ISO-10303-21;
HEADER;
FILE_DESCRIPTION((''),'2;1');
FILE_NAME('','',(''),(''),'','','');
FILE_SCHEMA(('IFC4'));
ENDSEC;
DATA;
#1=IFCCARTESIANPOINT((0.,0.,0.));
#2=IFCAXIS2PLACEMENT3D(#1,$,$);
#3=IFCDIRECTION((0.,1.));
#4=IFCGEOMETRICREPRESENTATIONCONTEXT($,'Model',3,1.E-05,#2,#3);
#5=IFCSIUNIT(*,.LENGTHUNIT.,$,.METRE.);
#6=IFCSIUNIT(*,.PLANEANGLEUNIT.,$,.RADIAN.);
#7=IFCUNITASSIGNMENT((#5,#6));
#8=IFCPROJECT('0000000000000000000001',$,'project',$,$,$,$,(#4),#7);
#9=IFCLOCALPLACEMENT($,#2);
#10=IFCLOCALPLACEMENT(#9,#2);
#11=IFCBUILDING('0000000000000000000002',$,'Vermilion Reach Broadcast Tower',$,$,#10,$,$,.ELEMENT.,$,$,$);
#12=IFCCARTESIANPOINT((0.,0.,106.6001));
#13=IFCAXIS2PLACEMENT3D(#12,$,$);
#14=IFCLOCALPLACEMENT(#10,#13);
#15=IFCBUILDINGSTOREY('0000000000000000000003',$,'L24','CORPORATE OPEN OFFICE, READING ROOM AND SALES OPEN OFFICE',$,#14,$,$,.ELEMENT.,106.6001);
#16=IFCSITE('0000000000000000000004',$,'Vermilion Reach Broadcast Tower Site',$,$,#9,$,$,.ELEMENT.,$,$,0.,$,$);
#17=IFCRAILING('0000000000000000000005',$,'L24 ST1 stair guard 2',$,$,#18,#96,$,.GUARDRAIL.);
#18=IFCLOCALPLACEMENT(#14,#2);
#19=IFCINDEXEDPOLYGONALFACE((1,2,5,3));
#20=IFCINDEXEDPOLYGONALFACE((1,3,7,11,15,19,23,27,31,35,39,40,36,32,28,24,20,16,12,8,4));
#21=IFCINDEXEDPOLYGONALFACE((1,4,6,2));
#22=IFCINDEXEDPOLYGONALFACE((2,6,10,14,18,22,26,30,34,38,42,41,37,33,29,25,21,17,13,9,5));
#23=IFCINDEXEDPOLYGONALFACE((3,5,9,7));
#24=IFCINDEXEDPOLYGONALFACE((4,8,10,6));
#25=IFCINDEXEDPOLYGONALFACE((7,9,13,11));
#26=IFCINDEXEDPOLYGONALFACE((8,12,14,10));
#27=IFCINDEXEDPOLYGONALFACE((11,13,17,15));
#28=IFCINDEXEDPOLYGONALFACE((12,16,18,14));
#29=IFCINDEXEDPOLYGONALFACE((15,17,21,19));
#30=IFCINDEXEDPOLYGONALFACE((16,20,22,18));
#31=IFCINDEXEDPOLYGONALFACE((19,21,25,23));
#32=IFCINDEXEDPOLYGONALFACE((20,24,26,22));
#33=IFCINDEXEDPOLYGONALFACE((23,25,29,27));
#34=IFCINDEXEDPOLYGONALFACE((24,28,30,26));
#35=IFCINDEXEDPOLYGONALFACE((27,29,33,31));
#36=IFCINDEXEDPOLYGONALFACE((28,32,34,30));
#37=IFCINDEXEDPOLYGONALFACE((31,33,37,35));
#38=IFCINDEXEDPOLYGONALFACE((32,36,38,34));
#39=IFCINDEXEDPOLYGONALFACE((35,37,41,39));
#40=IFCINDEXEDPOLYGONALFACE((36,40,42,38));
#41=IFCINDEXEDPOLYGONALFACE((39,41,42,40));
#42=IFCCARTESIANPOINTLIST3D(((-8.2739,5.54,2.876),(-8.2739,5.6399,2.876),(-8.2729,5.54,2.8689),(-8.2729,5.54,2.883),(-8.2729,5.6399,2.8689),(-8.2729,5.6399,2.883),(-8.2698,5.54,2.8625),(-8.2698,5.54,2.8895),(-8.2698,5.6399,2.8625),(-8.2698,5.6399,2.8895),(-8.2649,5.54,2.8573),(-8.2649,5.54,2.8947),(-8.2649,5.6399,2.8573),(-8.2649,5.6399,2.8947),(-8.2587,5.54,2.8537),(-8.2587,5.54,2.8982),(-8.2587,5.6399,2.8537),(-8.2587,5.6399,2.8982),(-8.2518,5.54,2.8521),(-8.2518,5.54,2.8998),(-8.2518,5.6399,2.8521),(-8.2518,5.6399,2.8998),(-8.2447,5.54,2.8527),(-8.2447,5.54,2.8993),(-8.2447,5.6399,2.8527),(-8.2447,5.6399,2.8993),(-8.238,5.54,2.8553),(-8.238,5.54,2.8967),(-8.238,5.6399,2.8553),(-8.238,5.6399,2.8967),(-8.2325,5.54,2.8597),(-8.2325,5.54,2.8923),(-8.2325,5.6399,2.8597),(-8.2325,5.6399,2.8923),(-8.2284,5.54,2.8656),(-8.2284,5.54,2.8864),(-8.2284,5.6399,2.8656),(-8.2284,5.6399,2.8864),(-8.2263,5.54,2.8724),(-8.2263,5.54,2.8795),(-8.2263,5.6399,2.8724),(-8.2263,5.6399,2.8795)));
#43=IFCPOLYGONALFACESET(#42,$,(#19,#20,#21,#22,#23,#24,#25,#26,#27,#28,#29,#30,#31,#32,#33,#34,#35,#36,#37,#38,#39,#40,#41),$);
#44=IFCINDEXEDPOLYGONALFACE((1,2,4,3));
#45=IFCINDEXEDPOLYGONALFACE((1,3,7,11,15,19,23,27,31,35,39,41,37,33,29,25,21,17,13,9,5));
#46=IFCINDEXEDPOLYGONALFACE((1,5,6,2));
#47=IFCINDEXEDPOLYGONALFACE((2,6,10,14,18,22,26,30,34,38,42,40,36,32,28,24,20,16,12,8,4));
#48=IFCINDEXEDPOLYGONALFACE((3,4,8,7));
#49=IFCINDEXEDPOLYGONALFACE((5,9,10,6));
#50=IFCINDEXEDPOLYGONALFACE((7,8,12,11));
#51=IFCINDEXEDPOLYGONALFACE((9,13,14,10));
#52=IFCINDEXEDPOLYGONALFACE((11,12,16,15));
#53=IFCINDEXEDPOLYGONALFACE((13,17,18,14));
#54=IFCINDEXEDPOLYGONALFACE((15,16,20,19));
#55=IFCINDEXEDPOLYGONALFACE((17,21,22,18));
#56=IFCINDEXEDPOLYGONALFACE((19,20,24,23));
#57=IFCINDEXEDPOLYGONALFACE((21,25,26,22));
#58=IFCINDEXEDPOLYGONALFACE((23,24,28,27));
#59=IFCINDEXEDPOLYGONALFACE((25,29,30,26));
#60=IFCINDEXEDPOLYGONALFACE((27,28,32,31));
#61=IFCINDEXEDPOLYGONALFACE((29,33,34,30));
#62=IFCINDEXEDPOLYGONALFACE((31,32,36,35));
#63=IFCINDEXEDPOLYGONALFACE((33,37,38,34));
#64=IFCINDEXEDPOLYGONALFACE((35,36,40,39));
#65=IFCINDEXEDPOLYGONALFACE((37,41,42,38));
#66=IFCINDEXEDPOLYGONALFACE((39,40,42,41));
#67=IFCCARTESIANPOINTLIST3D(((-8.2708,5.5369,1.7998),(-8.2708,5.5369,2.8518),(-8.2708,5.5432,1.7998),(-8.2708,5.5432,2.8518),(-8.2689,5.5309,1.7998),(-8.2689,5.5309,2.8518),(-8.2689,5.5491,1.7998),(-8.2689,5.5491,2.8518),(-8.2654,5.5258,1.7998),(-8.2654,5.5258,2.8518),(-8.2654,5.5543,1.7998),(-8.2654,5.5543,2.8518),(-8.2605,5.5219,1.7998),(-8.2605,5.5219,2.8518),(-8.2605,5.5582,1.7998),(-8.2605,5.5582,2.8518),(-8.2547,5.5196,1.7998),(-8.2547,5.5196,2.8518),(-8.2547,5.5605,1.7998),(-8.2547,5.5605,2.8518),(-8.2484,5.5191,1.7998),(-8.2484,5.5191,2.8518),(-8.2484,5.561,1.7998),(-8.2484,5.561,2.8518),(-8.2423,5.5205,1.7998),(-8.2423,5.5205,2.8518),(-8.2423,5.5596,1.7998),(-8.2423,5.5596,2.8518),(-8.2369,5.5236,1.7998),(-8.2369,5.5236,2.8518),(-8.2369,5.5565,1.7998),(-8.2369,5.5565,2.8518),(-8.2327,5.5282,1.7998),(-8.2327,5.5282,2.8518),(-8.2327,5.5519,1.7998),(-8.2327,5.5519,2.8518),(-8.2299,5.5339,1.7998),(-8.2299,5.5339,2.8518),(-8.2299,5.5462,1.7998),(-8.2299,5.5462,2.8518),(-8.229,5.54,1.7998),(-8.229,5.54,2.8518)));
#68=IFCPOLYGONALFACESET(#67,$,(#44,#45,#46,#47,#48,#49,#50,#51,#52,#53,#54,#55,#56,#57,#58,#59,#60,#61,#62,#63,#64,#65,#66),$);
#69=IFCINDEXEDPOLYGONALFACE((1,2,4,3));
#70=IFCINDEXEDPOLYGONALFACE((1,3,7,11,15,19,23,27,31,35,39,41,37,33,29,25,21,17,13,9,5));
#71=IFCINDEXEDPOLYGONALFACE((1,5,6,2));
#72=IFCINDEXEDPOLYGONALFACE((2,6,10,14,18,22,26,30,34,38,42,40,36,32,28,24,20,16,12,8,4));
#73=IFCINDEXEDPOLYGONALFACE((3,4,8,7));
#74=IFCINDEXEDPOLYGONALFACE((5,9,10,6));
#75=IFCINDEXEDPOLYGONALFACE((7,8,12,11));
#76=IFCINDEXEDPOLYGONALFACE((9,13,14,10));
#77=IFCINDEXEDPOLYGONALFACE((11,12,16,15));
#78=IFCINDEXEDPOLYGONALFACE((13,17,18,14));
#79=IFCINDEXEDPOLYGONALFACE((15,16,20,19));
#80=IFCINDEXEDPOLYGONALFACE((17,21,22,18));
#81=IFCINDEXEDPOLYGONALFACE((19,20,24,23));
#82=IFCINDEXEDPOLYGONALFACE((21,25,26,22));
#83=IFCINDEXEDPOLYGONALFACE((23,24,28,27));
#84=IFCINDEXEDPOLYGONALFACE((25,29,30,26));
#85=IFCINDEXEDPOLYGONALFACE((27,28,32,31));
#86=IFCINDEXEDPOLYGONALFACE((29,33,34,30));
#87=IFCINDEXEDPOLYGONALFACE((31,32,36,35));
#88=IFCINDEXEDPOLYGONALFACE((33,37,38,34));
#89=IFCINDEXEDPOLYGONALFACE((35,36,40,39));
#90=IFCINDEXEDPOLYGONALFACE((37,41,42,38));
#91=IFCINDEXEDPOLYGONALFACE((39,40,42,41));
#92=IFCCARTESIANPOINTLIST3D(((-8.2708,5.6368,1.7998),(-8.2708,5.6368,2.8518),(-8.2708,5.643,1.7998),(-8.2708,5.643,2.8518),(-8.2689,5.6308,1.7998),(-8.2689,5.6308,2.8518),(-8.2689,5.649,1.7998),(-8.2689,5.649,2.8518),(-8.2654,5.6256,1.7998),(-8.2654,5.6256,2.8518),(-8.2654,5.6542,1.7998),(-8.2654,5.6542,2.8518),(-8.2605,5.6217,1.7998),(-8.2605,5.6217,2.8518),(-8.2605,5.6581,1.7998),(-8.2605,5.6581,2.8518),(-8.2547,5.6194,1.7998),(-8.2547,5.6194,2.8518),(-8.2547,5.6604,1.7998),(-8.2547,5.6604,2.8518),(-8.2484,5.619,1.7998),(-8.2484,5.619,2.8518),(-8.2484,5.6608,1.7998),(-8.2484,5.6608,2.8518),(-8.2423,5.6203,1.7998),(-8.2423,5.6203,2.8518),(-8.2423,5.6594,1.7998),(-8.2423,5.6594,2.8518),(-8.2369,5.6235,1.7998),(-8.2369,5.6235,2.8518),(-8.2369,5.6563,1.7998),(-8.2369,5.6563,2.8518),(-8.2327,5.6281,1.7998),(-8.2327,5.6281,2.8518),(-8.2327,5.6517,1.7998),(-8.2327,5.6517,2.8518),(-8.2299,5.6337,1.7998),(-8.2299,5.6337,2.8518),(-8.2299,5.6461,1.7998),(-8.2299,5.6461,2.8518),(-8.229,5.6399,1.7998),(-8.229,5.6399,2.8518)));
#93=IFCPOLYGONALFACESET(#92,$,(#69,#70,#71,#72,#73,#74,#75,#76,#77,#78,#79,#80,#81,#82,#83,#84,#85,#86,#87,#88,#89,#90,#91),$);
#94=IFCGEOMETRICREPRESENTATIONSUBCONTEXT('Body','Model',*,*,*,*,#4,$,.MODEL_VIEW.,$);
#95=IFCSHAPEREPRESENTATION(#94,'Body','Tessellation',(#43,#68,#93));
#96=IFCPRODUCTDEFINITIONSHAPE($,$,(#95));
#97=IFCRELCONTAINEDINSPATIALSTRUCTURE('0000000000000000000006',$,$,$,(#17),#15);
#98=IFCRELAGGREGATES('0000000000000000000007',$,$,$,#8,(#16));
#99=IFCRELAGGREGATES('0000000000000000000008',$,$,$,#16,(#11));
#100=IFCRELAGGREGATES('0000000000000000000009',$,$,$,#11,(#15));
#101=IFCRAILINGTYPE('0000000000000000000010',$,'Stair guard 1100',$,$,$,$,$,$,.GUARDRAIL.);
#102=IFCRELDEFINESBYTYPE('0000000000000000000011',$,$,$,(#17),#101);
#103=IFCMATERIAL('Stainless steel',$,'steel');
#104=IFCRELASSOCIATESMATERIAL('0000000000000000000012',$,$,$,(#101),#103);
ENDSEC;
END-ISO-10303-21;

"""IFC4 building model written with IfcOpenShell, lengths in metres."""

from ifc_helpers import new_model, si_unit, direction, frame, origin, origin_2d, place, context, subcontext, project, spatial, circle, extrude, material, type_object, element, save


model = new_model("IFC4")

# Units and contexts
model_context = context("Model", 3, precision=1e-05, world=origin(), true_north=direction((0.0, 1.0)))
body_context = subcontext(model_context, "Body", "Model", "MODEL_VIEW")
ifc_project = project(units=[si_unit("LENGTHUNIT", "METRE"), si_unit("PLANEANGLEUNIT", "RADIAN")], contexts=[model_context])

# Site, building, storey
site_placement = place(None, origin())
site = spatial("IfcSite", under=ifc_project, at=site_placement, Name="Vermilion Reach Broadcast Tower Site", CompositionType="ELEMENT", RefElevation=0.0)
building_placement = place(site_placement, origin())
building = spatial("IfcBuilding", under=site, at=building_placement, Name="Vermilion Reach Broadcast Tower", CompositionType="ELEMENT")
storey_placement = place(building_placement, frame((0.0, 0.0, 106.6001)))
storey = spatial("IfcBuildingStorey", under=building, at=storey_placement, Name="L24", Description="CORPORATE OPEN OFFICE, READING ROOM AND SALES OPEN OFFICE", CompositionType="ELEMENT", Elevation=106.6001)

# Railing
ifc_material_1 = material(Name="Stainless steel", Category="steel")
railing_type_1 = type_object("IfcRailingType", Name="Stair guard 1100", PredefinedType="GUARDRAIL", material=ifc_material_1)
railing_1_placement = place(storey_placement, frame((-8.25, 5.54, 1.7998)))
element("IfcRailing", 1, at=railing_1_placement, inside=storey, type_object=railing_type_1, Name="L24 ST1 stair guard 2", PredefinedType="GUARDRAIL", context=body_context, shape_type="SweptSolid", body=[
    extrude(circle(Radius=0.0239, at=origin_2d()), frame((0.0, 0.0, 1.0762), z_axis=(0.0, 1.0, 0.0), x_axis=(-1.0, 0.0, 0.0)), (0.0, 0.0, 1.0), 0.0999),
    extrude(circle(Radius=0.021, at=origin_2d()), origin(), (0.0, 0.0, 1.0), 1.052),
    extrude(circle(Radius=0.021, at=origin_2d()), frame((0.0, 0.0999, 0.0)), (0.0, 0.0, 1.0), 1.052),
])

save(model, "model.ifc")
